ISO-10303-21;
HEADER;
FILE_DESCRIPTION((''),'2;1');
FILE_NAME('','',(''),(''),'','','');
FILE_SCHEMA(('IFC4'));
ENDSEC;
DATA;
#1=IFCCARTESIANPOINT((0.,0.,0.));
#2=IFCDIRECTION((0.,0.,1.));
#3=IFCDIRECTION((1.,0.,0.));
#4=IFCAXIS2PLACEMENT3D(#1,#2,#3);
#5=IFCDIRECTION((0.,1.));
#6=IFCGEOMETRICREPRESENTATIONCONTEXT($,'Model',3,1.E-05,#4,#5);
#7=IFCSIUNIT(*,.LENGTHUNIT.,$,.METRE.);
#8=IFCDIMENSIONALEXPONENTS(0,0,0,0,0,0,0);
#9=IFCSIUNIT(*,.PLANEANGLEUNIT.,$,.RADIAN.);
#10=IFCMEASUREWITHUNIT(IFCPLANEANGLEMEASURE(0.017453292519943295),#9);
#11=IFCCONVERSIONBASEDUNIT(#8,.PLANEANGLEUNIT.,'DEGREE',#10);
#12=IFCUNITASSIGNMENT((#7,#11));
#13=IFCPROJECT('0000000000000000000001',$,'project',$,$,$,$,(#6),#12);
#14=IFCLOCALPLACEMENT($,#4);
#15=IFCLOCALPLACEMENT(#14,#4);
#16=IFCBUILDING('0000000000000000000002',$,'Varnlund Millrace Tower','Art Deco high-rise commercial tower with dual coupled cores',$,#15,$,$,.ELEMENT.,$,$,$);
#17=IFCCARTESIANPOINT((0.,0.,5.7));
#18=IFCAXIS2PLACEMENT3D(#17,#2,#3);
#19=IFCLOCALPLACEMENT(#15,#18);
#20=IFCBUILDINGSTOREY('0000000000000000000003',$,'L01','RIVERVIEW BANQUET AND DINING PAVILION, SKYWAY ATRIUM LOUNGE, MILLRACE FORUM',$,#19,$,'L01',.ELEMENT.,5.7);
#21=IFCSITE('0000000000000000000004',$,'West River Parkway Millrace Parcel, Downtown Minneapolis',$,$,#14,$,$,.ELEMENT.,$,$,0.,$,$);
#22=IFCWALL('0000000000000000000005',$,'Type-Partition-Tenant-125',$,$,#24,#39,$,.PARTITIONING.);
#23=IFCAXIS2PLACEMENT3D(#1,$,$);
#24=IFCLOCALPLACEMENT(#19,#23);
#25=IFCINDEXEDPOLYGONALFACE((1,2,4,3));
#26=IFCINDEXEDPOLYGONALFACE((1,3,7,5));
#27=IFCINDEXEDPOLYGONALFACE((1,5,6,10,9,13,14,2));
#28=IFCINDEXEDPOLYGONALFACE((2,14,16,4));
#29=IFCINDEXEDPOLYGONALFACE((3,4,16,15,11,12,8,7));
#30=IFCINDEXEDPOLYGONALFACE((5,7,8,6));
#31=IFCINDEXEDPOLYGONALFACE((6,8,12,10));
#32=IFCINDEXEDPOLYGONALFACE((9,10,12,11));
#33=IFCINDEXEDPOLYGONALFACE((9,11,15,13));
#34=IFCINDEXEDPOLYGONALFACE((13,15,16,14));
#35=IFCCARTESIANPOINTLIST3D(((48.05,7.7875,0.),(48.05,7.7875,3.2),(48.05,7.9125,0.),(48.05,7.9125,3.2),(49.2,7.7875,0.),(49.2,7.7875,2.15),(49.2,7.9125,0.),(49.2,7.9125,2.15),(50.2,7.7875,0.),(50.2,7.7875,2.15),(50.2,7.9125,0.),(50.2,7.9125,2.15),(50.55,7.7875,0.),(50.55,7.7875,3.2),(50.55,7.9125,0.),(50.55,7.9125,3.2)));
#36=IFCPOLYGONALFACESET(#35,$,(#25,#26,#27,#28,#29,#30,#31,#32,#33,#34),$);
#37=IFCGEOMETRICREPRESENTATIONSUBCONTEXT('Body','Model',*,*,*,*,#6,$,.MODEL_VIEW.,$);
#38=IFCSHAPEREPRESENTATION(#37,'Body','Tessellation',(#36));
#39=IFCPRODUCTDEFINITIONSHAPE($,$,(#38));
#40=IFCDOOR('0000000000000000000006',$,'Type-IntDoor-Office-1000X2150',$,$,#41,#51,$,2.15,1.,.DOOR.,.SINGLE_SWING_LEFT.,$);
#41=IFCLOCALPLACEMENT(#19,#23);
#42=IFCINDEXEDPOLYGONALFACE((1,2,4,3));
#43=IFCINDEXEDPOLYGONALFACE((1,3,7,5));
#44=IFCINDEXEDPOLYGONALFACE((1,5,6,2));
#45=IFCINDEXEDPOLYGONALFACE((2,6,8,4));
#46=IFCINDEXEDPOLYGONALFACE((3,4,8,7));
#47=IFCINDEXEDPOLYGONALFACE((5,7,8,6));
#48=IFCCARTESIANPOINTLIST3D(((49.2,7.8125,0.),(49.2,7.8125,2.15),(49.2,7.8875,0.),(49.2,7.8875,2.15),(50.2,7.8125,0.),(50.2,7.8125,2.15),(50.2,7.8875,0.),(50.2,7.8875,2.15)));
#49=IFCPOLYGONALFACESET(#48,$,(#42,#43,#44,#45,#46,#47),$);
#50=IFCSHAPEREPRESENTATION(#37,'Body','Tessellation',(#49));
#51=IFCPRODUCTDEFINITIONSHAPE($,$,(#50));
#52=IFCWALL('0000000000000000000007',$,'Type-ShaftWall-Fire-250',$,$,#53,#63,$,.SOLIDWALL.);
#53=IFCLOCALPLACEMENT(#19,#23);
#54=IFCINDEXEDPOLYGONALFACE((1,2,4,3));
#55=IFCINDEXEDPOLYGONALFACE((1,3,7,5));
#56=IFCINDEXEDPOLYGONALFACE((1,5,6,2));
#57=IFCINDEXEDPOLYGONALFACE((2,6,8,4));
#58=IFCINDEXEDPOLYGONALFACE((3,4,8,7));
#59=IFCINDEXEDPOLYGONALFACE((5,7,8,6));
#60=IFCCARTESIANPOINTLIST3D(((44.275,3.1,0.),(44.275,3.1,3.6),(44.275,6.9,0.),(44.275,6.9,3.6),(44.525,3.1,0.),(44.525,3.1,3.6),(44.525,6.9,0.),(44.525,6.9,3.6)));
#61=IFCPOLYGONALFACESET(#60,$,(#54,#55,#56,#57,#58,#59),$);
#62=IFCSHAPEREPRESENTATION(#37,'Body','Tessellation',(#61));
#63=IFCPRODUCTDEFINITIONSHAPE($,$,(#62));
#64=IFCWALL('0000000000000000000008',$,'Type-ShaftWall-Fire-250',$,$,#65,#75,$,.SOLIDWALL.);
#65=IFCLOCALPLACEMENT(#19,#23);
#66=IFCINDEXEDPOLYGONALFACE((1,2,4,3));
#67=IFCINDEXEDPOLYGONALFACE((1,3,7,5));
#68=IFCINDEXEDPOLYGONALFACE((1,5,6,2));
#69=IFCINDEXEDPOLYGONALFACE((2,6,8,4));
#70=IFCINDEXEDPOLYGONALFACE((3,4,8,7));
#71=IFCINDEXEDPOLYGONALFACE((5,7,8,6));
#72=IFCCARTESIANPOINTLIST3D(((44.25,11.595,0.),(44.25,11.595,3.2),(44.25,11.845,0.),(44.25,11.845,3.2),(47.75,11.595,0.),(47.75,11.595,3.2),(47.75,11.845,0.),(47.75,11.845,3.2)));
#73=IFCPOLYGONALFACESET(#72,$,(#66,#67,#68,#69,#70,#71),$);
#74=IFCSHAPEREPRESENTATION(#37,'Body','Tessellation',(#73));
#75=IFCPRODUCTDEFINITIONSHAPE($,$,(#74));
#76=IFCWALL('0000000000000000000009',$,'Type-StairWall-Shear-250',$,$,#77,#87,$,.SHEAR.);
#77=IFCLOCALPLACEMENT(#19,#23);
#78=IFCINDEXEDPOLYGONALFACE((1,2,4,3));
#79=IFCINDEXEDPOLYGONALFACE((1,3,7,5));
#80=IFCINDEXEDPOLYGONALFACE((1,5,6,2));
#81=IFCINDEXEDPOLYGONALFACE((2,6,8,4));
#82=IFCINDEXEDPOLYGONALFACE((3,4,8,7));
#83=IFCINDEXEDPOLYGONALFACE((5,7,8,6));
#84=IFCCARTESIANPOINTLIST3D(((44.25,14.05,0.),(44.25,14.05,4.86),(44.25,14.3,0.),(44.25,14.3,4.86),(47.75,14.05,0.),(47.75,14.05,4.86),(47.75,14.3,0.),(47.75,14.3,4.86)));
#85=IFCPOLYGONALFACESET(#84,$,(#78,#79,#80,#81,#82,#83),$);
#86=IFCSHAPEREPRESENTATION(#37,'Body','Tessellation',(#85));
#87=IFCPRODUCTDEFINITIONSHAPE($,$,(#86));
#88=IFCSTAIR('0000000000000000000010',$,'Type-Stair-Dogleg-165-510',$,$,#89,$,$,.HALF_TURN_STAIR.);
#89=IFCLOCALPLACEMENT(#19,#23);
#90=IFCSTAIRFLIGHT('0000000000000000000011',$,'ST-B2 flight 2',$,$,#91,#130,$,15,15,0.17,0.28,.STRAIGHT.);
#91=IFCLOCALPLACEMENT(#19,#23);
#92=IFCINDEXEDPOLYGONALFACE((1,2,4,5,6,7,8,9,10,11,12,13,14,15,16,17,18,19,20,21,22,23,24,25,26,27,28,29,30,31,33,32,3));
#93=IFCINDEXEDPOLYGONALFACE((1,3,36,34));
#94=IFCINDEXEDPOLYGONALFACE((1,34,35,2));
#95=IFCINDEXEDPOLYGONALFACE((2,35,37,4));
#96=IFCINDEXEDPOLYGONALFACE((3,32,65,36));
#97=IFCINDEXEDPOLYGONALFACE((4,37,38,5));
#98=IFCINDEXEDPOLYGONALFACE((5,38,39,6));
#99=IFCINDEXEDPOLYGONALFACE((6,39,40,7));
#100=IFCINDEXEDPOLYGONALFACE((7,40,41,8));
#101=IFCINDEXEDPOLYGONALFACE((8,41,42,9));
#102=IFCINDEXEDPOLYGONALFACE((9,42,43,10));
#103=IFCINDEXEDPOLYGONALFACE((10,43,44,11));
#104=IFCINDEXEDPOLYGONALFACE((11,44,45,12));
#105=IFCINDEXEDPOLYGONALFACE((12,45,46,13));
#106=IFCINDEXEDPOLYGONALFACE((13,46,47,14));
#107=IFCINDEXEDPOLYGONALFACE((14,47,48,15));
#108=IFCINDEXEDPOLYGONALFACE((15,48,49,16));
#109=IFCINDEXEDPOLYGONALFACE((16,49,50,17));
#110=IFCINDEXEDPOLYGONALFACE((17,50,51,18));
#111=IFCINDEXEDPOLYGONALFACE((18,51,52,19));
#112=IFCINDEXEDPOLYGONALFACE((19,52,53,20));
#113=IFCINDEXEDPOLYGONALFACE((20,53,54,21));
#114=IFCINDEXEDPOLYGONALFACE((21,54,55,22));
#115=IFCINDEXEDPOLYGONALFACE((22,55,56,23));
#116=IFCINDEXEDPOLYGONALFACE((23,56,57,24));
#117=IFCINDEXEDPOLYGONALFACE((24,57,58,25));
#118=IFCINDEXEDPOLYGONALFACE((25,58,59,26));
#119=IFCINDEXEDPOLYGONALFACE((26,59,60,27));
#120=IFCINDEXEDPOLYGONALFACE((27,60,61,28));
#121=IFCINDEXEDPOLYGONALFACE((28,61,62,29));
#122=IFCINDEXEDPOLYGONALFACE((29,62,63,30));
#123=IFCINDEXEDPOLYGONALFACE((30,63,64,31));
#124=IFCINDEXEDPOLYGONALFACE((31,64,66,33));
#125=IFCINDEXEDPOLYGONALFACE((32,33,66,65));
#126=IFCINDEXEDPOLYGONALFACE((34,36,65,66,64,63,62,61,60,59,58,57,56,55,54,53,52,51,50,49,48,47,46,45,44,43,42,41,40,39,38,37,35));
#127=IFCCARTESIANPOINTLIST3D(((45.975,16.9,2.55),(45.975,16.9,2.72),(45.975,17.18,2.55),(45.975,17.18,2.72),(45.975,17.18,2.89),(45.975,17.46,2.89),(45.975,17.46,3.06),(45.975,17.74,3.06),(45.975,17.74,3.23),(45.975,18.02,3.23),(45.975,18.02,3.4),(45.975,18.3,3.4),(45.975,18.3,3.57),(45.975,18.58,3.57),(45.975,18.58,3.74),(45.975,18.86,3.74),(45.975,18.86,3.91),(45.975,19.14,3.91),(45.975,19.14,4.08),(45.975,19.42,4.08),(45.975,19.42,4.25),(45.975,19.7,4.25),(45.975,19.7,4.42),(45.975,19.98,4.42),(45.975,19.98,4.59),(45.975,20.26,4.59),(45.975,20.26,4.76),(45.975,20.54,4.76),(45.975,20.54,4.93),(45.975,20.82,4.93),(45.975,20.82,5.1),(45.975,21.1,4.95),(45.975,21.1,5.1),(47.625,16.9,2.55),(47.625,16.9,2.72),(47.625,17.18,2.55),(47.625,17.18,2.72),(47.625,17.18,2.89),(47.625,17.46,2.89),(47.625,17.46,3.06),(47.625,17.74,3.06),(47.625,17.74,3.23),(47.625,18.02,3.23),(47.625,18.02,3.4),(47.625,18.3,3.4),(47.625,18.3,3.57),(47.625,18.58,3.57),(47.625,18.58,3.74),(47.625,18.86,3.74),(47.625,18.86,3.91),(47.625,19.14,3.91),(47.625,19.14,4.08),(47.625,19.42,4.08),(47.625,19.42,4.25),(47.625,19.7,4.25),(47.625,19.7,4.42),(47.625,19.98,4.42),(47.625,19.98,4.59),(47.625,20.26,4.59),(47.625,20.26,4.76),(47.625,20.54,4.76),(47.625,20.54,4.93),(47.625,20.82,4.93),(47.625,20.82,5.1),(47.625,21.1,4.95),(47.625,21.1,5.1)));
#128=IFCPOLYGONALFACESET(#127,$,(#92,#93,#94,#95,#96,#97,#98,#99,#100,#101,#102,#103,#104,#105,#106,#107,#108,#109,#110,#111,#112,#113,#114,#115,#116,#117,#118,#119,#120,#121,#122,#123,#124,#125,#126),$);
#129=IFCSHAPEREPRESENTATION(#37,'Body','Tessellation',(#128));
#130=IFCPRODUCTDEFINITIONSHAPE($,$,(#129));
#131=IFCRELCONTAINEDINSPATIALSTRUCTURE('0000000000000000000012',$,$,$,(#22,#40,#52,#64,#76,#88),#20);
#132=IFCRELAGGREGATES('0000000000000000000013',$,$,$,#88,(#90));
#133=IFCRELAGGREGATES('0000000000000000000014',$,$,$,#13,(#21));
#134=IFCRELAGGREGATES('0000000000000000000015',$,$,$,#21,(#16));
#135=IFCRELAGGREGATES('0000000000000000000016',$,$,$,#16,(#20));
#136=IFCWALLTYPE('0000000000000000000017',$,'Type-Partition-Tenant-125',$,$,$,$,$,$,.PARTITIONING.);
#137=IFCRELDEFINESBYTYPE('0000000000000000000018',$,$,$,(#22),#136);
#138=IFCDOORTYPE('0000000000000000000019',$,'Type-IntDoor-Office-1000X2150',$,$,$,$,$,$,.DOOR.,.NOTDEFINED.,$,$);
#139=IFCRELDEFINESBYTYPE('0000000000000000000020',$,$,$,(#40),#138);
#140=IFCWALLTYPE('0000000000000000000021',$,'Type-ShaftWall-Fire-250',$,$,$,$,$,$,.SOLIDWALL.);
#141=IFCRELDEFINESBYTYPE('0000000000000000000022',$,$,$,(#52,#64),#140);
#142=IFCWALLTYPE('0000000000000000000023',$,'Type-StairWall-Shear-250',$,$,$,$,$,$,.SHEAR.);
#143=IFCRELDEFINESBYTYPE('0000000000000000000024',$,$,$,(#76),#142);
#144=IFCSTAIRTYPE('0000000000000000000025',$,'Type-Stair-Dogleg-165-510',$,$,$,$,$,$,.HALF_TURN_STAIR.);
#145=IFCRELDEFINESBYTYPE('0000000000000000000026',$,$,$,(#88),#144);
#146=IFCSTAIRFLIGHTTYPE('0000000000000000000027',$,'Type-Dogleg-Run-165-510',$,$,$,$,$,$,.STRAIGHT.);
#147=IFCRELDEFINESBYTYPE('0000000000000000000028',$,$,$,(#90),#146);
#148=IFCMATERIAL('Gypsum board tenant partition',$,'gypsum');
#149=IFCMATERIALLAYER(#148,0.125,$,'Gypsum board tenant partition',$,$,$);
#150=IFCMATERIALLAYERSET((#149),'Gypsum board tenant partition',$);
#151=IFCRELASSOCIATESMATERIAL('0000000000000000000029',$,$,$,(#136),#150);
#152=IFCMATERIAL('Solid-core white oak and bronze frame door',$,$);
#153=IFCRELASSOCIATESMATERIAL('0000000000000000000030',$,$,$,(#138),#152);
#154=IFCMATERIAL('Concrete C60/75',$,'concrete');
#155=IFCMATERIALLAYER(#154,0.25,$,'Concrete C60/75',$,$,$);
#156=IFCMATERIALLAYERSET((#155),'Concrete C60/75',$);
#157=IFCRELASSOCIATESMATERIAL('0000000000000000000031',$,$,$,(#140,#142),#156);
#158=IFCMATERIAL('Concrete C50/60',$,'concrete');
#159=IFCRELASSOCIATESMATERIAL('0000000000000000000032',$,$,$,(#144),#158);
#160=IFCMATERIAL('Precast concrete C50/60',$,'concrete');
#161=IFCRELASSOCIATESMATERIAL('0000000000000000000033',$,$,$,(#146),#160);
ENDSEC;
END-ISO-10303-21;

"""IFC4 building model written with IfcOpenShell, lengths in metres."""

from ifc_helpers import new_model, entity, si_unit, converted_unit, direction, frame, origin_with_axes, origin_2d_with_axis, place, context, subcontext, project, spatial, polyline, rectangle, outline, extrude, material, layer, layer_set, type_object, element, fill, aggregate, save


model = new_model("IFC4")

# Units and contexts
model_context = context("Model", 3, precision=1e-05, world=origin_with_axes(), true_north=direction((0.0, 1.0)))
body_context = subcontext(model_context, "Body", "Model", "MODEL_VIEW")
ifc_project = project(units=[si_unit("LENGTHUNIT", "METRE"), converted_unit("PLANEANGLEUNIT", "DEGREE", entity("IfcPlaneAngleMeasure", 0.017453292519943295), si_unit("PLANEANGLEUNIT", "RADIAN"), dimensions=[0, 0, 0, 0, 0, 0, 0])], contexts=[model_context])

# Site, building, storey
site_placement = place(None, origin_with_axes())
site = spatial("IfcSite", under=ifc_project, at=site_placement, Name="West River Parkway Millrace Parcel, Downtown Minneapolis", CompositionType="ELEMENT", RefElevation=0.0)
building_placement = place(site_placement, origin_with_axes())
building = spatial("IfcBuilding", under=site, at=building_placement, Name="Varnlund Millrace Tower", Description="Art Deco high-rise commercial tower with dual coupled cores", CompositionType="ELEMENT")
storey_placement = place(building_placement, frame((0.0, 0.0, 5.7), z_axis=(0.0, 0.0, 1.0), x_axis=(1.0, 0.0, 0.0)))
storey = spatial("IfcBuildingStorey", under=building, at=storey_placement, Name="L01", Description="RIVERVIEW BANQUET AND DINING PAVILION, SKYWAY ATRIUM LOUNGE, MILLRACE FORUM", LongName="L01", CompositionType="ELEMENT", Elevation=5.7)

# Wall, opening, door
ifc_material_1 = material(Name="Gypsum board tenant partition", Category="gypsum")
ifc_layer_1 = layer(ifc_material_1, 0.125, Name="Gypsum board tenant partition")
ifc_layer_set_1 = layer_set([ifc_layer_1], Name="Gypsum board tenant partition")
wall_type_1 = type_object("IfcWallType", Name="Type-Partition-Tenant-125", PredefinedType="PARTITIONING", material=ifc_layer_set_1)
wall_1_placement = place(storey_placement, frame((48.05, 7.85, 0.0), z_axis=(0.0, 0.0, 1.0), x_axis=(1.0, 0.0, 0.0)))
wall_1 = element("IfcWall", 1, at=wall_1_placement, inside=storey, type_object=wall_type_1, Name="Type-Partition-Tenant-125", PredefinedType="PARTITIONING", context=body_context, shape_type="SweptSolid", body=[
    extrude(outline(polyline([(0.0, -0.0625), (2.5, -0.0625), (2.5, 0.0625), (0.0, 0.0625), (0.0, -0.0625)])), origin_with_axes(), (0.0, 0.0, 1.0), 3.2),
])
opening_1_placement = place(wall_1_placement, frame((1.65, 0.0, 0.0), z_axis=(0.0, 0.0, 1.0), x_axis=(1.0, 0.0, 0.0)))
opening_1 = element("IfcOpeningElement", 2, at=opening_1_placement, cuts=wall_1, PredefinedType="OPENING", context=body_context, shape_type="SweptSolid", body=[
    extrude(rectangle(XDim=1.0, YDim=0.145, at=origin_2d_with_axis()), origin_with_axes(), (0.0, 0.0, 1.0), 2.15),
])
ifc_material_2 = material(Name="Solid-core white oak and bronze frame door")
door_type_1 = type_object("IfcDoorType", Name="Type-IntDoor-Office-1000X2150", OperationType="NOTDEFINED", PredefinedType="DOOR", material=ifc_material_2)
door_1_placement = place(wall_1_placement, frame((1.65, 0.0, 0.0), z_axis=(0.0, 0.0, 1.0), x_axis=(1.0, 0.0, 0.0)))
door_1 = element("IfcDoor", 3, at=door_1_placement, inside=storey, type_object=door_type_1, Name="Type-IntDoor-Office-1000X2150", OperationType="SINGLE_SWING_LEFT", OverallHeight=2.15, OverallWidth=1.0, PredefinedType="DOOR", context=body_context, shape_type="SweptSolid", body=[
    extrude(rectangle(XDim=1.0, YDim=0.075, at=origin_2d_with_axis()), origin_with_axes(), (0.0, 0.0, 1.0), 2.15),
])
fill(opening_1, door_1)

# Walls
ifc_material_3 = material(Name="Concrete C60/75", Category="concrete")
ifc_layer_2 = layer(ifc_material_3, 0.25, Name="Concrete C60/75")
ifc_layer_set_2 = layer_set([ifc_layer_2], Name="Concrete C60/75")
wall_type_2 = type_object("IfcWallType", Name="Type-ShaftWall-Fire-250", PredefinedType="SOLIDWALL", material=ifc_layer_set_2)
wall_2_placement = place(storey_placement, frame((44.4, 3.1, 0.0), z_axis=(0.0, 0.0, 1.0), x_axis=(0.0, 1.0, 0.0)))
element("IfcWall", 4, at=wall_2_placement, inside=storey, type_object=wall_type_2, Name="Type-ShaftWall-Fire-250", PredefinedType="SOLIDWALL", context=body_context, shape_type="SweptSolid", body=[
    extrude(outline(polyline([(0.0, -0.125), (3.8, -0.125), (3.8, 0.125), (0.0, 0.125), (0.0, -0.125)])), origin_with_axes(), (0.0, 0.0, 1.0), 3.6),
])
wall_3_placement = place(storey_placement, frame((44.25, 11.72, 0.0), z_axis=(0.0, 0.0, 1.0), x_axis=(1.0, 0.0, 0.0)))
element("IfcWall", 5, at=wall_3_placement, inside=storey, type_object=wall_type_2, Name="Type-ShaftWall-Fire-250", PredefinedType="SOLIDWALL", context=body_context, shape_type="SweptSolid", body=[
    extrude(outline(polyline([(0.0, -0.125), (3.5, -0.125), (3.5, 0.125), (0.0, 0.125), (0.0, -0.125)])), origin_with_axes(), (0.0, 0.0, 1.0), 3.2),
])
wall_type_3 = type_object("IfcWallType", Name="Type-StairWall-Shear-250", PredefinedType="SHEAR", material=ifc_layer_set_2)
wall_4_placement = place(storey_placement, frame((44.25, 14.175, 0.0), z_axis=(0.0, 0.0, 1.0), x_axis=(1.0, 0.0, 0.0)))
element("IfcWall", 6, at=wall_4_placement, inside=storey, type_object=wall_type_3, Name="Type-StairWall-Shear-250", PredefinedType="SHEAR", context=body_context, shape_type="SweptSolid", body=[
    extrude(outline(polyline([(0.0, -0.125), (3.5, -0.125), (3.5, 0.125), (0.0, 0.125), (0.0, -0.125)])), origin_with_axes(), (0.0, 0.0, 1.0), 4.86),
])

# Stair, stair flight
ifc_material_4 = material(Name="Concrete C50/60", Category="concrete")
stair_type = type_object("IfcStairType", Name="Type-Stair-Dogleg-165-510", PredefinedType="HALF_TURN_STAIR", material=ifc_material_4)
stair_placement = place(storey_placement, origin_with_axes())
stair = element("IfcStair", 7, at=stair_placement, inside=storey, type_object=stair_type, Name="Type-Stair-Dogleg-165-510", PredefinedType="HALF_TURN_STAIR")
ifc_material_5 = material(Name="Precast concrete C50/60", Category="concrete")
stair_flight_type = type_object("IfcStairFlightType", Name="Type-Dogleg-Run-165-510", PredefinedType="STRAIGHT", material=ifc_material_5)
stair_flight_placement = place(storey_placement, frame((45.975, 16.9, 2.55), z_axis=(1.0, 0.0, 0.0), x_axis=(0.0, 1.0, 0.0)))
stair_flight = element("IfcStairFlight", 8, at=stair_flight_placement, type_object=stair_flight_type, Name="ST-B2 flight 2", NumberOfRisers=15, NumberOfTreads=15, PredefinedType="STRAIGHT", RiserHeight=0.17, TreadLength=0.28, context=body_context, shape_type="SweptSolid", body=[
    extrude(outline(polyline([(0.0, 0.0), (0.0, 0.17), (0.28, 0.17), (0.28, 0.34), (0.56, 0.34), (0.56, 0.51), (0.84, 0.51), (0.84, 0.68), (1.12, 0.68), (1.12, 0.85), (1.4, 0.85), (1.4, 1.02), (1.68, 1.02), (1.68, 1.19), (1.96, 1.19), (1.96, 1.36), (2.24, 1.36), (2.24, 1.53), (2.52, 1.53), (2.52, 1.7), (2.8, 1.7), (2.8, 1.87), (3.08, 1.87), (3.08, 2.04), (3.36, 2.04), (3.36, 2.21), (3.64, 2.21), (3.64, 2.38), (3.92, 2.38), (3.92, 2.55), (4.2, 2.55), (4.2, 2.4), (0.28, 0.0), (0.0, 0.0)])), origin_with_axes(), (0.0, 0.0, 1.0), 1.65),
])
aggregate(stair, [stair_flight])

save(model, "model.ifc")
